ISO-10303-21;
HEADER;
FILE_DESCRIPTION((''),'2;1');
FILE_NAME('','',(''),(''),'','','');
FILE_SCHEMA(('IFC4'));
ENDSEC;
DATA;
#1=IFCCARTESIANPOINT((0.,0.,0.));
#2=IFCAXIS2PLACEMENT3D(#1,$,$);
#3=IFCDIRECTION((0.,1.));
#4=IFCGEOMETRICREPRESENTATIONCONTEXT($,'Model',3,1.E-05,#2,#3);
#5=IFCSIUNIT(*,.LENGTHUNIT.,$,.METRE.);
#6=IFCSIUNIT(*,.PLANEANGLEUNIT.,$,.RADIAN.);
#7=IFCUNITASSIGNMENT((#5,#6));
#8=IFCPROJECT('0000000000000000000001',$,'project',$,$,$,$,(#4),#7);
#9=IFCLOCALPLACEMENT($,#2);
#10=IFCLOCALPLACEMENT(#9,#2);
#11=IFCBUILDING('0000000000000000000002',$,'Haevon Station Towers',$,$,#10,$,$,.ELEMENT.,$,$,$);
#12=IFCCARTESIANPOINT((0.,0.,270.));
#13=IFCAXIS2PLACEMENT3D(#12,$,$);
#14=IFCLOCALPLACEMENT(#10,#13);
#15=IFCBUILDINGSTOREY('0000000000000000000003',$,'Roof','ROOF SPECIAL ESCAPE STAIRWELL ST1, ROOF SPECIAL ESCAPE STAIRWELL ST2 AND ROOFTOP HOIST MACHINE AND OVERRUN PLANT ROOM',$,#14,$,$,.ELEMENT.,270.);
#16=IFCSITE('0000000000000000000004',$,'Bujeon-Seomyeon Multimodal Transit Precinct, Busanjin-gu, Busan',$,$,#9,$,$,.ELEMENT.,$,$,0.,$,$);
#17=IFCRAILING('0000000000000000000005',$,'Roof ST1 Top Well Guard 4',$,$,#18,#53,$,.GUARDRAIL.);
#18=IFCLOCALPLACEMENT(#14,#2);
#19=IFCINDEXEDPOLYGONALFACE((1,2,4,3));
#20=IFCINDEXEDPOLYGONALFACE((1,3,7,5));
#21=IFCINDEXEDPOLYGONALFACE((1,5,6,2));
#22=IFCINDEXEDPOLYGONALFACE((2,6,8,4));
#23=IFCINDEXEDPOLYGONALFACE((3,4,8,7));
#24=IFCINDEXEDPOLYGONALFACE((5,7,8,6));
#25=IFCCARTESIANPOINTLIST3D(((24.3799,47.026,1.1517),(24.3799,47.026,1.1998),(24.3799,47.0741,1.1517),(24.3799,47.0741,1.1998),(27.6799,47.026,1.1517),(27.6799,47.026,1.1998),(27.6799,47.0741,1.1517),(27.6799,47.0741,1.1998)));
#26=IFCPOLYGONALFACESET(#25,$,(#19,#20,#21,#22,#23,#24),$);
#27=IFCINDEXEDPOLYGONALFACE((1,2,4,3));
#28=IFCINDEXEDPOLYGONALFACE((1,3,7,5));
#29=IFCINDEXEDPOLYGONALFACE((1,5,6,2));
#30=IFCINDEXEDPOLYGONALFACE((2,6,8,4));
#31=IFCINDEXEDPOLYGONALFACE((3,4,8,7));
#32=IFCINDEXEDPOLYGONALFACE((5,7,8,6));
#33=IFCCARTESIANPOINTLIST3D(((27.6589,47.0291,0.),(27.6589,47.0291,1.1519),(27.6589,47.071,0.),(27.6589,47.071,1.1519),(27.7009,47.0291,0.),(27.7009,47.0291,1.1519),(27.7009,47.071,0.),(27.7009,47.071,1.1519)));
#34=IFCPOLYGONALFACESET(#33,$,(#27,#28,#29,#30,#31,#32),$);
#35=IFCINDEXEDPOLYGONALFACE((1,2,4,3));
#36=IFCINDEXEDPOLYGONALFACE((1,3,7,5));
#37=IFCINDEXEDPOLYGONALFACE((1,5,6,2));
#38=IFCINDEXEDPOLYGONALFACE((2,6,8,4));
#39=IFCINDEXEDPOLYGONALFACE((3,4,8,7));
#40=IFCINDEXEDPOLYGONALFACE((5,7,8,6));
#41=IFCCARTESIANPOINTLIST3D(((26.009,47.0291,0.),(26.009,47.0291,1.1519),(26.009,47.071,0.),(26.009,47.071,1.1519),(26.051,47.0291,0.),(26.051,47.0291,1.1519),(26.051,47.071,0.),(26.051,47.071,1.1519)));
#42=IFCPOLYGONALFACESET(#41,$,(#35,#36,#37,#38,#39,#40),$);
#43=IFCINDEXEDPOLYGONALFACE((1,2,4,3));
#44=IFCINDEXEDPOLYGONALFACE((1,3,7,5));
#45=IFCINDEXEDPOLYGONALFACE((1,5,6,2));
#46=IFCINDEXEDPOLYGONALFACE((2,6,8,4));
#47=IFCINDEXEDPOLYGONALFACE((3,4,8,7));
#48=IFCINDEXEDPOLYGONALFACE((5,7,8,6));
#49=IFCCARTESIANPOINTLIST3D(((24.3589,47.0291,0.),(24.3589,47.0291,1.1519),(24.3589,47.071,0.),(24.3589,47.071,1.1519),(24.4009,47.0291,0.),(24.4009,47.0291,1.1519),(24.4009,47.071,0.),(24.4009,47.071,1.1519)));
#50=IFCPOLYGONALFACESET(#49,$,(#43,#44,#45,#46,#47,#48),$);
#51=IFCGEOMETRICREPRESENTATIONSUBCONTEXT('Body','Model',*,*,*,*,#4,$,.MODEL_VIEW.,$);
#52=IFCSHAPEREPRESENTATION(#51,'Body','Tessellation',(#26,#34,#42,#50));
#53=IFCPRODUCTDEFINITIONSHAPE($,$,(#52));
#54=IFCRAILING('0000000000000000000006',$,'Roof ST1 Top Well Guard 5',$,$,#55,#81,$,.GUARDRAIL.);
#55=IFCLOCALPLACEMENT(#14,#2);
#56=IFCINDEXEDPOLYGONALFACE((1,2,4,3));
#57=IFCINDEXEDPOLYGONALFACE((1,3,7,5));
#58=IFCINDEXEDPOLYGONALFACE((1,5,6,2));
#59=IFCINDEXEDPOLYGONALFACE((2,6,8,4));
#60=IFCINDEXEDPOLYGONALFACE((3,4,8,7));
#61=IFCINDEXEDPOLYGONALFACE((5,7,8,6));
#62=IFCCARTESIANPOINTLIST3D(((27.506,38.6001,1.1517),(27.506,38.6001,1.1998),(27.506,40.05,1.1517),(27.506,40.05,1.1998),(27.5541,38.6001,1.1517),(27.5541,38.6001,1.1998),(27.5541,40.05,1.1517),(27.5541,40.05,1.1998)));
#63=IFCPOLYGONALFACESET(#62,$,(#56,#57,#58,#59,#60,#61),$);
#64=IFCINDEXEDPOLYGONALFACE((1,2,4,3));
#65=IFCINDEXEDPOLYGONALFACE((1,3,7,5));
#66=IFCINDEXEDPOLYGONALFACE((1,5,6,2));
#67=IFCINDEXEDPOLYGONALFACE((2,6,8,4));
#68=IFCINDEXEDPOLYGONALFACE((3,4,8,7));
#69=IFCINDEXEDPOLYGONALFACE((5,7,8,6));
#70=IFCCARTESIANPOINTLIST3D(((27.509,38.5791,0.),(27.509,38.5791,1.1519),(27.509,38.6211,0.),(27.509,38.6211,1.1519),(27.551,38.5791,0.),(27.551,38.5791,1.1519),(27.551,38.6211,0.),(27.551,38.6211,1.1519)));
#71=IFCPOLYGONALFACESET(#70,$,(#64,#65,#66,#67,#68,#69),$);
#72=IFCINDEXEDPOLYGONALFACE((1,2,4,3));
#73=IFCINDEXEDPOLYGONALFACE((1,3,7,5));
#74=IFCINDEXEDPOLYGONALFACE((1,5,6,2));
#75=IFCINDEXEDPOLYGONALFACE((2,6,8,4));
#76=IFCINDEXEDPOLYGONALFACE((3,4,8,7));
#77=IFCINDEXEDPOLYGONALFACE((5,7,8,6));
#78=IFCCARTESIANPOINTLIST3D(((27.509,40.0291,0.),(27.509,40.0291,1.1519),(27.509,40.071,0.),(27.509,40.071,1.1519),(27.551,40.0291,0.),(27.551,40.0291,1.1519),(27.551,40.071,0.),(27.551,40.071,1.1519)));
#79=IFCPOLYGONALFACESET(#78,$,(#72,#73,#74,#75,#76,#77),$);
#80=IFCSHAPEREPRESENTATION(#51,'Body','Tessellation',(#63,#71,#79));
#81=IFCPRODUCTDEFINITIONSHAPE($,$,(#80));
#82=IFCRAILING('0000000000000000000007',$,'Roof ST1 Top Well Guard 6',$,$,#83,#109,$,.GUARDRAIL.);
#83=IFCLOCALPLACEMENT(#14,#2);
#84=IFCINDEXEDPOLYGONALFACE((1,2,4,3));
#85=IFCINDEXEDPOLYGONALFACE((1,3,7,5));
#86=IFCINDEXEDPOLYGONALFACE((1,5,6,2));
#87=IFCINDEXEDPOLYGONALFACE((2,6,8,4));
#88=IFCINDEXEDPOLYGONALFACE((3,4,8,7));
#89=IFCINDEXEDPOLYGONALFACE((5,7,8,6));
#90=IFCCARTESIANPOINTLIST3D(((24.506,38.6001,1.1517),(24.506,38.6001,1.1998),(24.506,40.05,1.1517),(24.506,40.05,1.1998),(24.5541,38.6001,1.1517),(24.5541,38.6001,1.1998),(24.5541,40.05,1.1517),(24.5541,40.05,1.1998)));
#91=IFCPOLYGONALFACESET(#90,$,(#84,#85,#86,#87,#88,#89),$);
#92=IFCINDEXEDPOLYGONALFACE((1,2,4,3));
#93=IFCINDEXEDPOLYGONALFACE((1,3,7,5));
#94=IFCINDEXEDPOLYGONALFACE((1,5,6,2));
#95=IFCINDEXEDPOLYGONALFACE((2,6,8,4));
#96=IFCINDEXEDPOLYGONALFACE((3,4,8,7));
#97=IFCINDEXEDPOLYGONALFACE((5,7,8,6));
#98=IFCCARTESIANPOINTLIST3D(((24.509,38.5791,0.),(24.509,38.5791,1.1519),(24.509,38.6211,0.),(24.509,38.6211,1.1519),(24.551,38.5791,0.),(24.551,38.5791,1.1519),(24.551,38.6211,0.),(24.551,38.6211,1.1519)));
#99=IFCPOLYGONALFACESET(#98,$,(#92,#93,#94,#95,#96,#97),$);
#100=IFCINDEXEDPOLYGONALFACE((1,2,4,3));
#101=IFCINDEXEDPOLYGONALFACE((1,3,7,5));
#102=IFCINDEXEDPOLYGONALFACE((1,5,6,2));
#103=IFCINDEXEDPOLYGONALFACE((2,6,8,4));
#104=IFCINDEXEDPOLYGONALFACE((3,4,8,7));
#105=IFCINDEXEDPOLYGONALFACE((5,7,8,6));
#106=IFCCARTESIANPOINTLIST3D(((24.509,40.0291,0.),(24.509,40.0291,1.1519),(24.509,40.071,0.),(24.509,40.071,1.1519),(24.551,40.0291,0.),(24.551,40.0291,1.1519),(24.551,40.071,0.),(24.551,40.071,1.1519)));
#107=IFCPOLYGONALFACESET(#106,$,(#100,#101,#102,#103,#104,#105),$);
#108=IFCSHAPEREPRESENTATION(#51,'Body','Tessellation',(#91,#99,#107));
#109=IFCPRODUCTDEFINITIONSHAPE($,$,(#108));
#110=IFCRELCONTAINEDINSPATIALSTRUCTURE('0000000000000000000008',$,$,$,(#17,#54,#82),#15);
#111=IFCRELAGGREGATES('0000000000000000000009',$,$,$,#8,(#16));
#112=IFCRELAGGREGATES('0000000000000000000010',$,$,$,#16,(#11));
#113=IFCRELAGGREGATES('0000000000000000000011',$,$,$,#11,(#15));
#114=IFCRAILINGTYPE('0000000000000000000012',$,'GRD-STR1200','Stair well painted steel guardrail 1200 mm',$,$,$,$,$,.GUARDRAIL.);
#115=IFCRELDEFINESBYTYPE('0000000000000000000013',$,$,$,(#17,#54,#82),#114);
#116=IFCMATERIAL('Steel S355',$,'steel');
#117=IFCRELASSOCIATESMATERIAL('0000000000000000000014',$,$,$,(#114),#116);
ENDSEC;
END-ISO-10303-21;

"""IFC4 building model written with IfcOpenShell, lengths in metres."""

from ifc_helpers import new_model, si_unit, direction, frame, origin, origin_2d, place, context, subcontext, project, spatial, rectangle, extrude, material, type_object, element, save


model = new_model("IFC4")

# Units and contexts
model_context = context("Model", 3, precision=1e-05, world=origin(), true_north=direction((0.0, 1.0)))
body_context = subcontext(model_context, "Body", "Model", "MODEL_VIEW")
ifc_project = project(units=[si_unit("LENGTHUNIT", "METRE"), si_unit("PLANEANGLEUNIT", "RADIAN")], contexts=[model_context])

# Site, building, storey
site_placement = place(None, origin())
site = spatial("IfcSite", under=ifc_project, at=site_placement, Name="Bujeon-Seomyeon Multimodal Transit Precinct, Busanjin-gu, Busan", CompositionType="ELEMENT", RefElevation=0.0)
building_placement = place(site_placement, origin())
building = spatial("IfcBuilding", under=site, at=building_placement, Name="Haevon Station Towers", CompositionType="ELEMENT")
storey_placement = place(building_placement, frame((0.0, 0.0, 270.0)))
storey = spatial("IfcBuildingStorey", under=building, at=storey_placement, Name="Roof", Description="ROOF SPECIAL ESCAPE STAIRWELL ST1, ROOF SPECIAL ESCAPE STAIRWELL ST2 AND ROOFTOP HOIST MACHINE AND OVERRUN PLANT ROOM", CompositionType="ELEMENT", Elevation=270.0)

# Shared definitions
ifc_material_1 = material(Name="Steel S355", Category="steel")

# Railings
railing_type = type_object("IfcRailingType", Name="GRD-STR1200", Description="Stair well painted steel guardrail 1200 mm", PredefinedType="GUARDRAIL", material=ifc_material_1)
railing_1_placement = place(storey_placement, frame((27.6799, 47.05, 0.0)))
element("IfcRailing", 1, at=railing_1_placement, inside=storey, type_object=railing_type, Name="Roof ST1 Top Well Guard 4", PredefinedType="GUARDRAIL", context=body_context, shape_type="SweptSolid", body=[
    extrude(rectangle(XDim=0.0481, YDim=0.0481, at=origin_2d()), frame((0.0, 0.0, 1.1758), z_axis=(-1.0, 0.0, 0.0), x_axis=(0.0, -1.0, 0.0)), (0.0, 0.0, 1.0), 3.3),
    extrude(rectangle(XDim=0.042, YDim=0.042, at=origin_2d()), origin(), (0.0, 0.0, 1.0), 1.1519),
    extrude(rectangle(XDim=0.042, YDim=0.042, at=origin_2d()), frame((-1.6499, 0.0, 0.0)), (0.0, 0.0, 1.0), 1.1519),
    extrude(rectangle(XDim=0.042, YDim=0.042, at=origin_2d()), frame((-3.3, 0.0, 0.0)), (0.0, 0.0, 1.0), 1.1519),
])
for number, where, name in (
    (2, (27.53, 38.6001, 0.0), "Roof ST1 Top Well Guard 5"),
    (3, (24.53, 38.6001, 0.0), "Roof ST1 Top Well Guard 6"),
):
    element("IfcRailing", number, at=place(storey_placement, frame(where)), inside=storey, type_object=railing_type, Name=name, PredefinedType="GUARDRAIL", context=body_context, shape_type="SweptSolid", body=[
        extrude(rectangle(XDim=0.0481, YDim=0.0481, at=origin_2d()), frame((0.0, 0.0, 1.1758), z_axis=(0.0, 1.0, 0.0), x_axis=(-1.0, 0.0, 0.0)), (0.0, 0.0, 1.0), 1.45),
        extrude(rectangle(XDim=0.042, YDim=0.042, at=origin_2d()), origin(), (0.0, 0.0, 1.0), 1.1519),
        extrude(rectangle(XDim=0.042, YDim=0.042, at=origin_2d()), frame((0.0, 1.45, 0.0)), (0.0, 0.0, 1.0), 1.1519),
    ])

save(model, "model.ifc")
